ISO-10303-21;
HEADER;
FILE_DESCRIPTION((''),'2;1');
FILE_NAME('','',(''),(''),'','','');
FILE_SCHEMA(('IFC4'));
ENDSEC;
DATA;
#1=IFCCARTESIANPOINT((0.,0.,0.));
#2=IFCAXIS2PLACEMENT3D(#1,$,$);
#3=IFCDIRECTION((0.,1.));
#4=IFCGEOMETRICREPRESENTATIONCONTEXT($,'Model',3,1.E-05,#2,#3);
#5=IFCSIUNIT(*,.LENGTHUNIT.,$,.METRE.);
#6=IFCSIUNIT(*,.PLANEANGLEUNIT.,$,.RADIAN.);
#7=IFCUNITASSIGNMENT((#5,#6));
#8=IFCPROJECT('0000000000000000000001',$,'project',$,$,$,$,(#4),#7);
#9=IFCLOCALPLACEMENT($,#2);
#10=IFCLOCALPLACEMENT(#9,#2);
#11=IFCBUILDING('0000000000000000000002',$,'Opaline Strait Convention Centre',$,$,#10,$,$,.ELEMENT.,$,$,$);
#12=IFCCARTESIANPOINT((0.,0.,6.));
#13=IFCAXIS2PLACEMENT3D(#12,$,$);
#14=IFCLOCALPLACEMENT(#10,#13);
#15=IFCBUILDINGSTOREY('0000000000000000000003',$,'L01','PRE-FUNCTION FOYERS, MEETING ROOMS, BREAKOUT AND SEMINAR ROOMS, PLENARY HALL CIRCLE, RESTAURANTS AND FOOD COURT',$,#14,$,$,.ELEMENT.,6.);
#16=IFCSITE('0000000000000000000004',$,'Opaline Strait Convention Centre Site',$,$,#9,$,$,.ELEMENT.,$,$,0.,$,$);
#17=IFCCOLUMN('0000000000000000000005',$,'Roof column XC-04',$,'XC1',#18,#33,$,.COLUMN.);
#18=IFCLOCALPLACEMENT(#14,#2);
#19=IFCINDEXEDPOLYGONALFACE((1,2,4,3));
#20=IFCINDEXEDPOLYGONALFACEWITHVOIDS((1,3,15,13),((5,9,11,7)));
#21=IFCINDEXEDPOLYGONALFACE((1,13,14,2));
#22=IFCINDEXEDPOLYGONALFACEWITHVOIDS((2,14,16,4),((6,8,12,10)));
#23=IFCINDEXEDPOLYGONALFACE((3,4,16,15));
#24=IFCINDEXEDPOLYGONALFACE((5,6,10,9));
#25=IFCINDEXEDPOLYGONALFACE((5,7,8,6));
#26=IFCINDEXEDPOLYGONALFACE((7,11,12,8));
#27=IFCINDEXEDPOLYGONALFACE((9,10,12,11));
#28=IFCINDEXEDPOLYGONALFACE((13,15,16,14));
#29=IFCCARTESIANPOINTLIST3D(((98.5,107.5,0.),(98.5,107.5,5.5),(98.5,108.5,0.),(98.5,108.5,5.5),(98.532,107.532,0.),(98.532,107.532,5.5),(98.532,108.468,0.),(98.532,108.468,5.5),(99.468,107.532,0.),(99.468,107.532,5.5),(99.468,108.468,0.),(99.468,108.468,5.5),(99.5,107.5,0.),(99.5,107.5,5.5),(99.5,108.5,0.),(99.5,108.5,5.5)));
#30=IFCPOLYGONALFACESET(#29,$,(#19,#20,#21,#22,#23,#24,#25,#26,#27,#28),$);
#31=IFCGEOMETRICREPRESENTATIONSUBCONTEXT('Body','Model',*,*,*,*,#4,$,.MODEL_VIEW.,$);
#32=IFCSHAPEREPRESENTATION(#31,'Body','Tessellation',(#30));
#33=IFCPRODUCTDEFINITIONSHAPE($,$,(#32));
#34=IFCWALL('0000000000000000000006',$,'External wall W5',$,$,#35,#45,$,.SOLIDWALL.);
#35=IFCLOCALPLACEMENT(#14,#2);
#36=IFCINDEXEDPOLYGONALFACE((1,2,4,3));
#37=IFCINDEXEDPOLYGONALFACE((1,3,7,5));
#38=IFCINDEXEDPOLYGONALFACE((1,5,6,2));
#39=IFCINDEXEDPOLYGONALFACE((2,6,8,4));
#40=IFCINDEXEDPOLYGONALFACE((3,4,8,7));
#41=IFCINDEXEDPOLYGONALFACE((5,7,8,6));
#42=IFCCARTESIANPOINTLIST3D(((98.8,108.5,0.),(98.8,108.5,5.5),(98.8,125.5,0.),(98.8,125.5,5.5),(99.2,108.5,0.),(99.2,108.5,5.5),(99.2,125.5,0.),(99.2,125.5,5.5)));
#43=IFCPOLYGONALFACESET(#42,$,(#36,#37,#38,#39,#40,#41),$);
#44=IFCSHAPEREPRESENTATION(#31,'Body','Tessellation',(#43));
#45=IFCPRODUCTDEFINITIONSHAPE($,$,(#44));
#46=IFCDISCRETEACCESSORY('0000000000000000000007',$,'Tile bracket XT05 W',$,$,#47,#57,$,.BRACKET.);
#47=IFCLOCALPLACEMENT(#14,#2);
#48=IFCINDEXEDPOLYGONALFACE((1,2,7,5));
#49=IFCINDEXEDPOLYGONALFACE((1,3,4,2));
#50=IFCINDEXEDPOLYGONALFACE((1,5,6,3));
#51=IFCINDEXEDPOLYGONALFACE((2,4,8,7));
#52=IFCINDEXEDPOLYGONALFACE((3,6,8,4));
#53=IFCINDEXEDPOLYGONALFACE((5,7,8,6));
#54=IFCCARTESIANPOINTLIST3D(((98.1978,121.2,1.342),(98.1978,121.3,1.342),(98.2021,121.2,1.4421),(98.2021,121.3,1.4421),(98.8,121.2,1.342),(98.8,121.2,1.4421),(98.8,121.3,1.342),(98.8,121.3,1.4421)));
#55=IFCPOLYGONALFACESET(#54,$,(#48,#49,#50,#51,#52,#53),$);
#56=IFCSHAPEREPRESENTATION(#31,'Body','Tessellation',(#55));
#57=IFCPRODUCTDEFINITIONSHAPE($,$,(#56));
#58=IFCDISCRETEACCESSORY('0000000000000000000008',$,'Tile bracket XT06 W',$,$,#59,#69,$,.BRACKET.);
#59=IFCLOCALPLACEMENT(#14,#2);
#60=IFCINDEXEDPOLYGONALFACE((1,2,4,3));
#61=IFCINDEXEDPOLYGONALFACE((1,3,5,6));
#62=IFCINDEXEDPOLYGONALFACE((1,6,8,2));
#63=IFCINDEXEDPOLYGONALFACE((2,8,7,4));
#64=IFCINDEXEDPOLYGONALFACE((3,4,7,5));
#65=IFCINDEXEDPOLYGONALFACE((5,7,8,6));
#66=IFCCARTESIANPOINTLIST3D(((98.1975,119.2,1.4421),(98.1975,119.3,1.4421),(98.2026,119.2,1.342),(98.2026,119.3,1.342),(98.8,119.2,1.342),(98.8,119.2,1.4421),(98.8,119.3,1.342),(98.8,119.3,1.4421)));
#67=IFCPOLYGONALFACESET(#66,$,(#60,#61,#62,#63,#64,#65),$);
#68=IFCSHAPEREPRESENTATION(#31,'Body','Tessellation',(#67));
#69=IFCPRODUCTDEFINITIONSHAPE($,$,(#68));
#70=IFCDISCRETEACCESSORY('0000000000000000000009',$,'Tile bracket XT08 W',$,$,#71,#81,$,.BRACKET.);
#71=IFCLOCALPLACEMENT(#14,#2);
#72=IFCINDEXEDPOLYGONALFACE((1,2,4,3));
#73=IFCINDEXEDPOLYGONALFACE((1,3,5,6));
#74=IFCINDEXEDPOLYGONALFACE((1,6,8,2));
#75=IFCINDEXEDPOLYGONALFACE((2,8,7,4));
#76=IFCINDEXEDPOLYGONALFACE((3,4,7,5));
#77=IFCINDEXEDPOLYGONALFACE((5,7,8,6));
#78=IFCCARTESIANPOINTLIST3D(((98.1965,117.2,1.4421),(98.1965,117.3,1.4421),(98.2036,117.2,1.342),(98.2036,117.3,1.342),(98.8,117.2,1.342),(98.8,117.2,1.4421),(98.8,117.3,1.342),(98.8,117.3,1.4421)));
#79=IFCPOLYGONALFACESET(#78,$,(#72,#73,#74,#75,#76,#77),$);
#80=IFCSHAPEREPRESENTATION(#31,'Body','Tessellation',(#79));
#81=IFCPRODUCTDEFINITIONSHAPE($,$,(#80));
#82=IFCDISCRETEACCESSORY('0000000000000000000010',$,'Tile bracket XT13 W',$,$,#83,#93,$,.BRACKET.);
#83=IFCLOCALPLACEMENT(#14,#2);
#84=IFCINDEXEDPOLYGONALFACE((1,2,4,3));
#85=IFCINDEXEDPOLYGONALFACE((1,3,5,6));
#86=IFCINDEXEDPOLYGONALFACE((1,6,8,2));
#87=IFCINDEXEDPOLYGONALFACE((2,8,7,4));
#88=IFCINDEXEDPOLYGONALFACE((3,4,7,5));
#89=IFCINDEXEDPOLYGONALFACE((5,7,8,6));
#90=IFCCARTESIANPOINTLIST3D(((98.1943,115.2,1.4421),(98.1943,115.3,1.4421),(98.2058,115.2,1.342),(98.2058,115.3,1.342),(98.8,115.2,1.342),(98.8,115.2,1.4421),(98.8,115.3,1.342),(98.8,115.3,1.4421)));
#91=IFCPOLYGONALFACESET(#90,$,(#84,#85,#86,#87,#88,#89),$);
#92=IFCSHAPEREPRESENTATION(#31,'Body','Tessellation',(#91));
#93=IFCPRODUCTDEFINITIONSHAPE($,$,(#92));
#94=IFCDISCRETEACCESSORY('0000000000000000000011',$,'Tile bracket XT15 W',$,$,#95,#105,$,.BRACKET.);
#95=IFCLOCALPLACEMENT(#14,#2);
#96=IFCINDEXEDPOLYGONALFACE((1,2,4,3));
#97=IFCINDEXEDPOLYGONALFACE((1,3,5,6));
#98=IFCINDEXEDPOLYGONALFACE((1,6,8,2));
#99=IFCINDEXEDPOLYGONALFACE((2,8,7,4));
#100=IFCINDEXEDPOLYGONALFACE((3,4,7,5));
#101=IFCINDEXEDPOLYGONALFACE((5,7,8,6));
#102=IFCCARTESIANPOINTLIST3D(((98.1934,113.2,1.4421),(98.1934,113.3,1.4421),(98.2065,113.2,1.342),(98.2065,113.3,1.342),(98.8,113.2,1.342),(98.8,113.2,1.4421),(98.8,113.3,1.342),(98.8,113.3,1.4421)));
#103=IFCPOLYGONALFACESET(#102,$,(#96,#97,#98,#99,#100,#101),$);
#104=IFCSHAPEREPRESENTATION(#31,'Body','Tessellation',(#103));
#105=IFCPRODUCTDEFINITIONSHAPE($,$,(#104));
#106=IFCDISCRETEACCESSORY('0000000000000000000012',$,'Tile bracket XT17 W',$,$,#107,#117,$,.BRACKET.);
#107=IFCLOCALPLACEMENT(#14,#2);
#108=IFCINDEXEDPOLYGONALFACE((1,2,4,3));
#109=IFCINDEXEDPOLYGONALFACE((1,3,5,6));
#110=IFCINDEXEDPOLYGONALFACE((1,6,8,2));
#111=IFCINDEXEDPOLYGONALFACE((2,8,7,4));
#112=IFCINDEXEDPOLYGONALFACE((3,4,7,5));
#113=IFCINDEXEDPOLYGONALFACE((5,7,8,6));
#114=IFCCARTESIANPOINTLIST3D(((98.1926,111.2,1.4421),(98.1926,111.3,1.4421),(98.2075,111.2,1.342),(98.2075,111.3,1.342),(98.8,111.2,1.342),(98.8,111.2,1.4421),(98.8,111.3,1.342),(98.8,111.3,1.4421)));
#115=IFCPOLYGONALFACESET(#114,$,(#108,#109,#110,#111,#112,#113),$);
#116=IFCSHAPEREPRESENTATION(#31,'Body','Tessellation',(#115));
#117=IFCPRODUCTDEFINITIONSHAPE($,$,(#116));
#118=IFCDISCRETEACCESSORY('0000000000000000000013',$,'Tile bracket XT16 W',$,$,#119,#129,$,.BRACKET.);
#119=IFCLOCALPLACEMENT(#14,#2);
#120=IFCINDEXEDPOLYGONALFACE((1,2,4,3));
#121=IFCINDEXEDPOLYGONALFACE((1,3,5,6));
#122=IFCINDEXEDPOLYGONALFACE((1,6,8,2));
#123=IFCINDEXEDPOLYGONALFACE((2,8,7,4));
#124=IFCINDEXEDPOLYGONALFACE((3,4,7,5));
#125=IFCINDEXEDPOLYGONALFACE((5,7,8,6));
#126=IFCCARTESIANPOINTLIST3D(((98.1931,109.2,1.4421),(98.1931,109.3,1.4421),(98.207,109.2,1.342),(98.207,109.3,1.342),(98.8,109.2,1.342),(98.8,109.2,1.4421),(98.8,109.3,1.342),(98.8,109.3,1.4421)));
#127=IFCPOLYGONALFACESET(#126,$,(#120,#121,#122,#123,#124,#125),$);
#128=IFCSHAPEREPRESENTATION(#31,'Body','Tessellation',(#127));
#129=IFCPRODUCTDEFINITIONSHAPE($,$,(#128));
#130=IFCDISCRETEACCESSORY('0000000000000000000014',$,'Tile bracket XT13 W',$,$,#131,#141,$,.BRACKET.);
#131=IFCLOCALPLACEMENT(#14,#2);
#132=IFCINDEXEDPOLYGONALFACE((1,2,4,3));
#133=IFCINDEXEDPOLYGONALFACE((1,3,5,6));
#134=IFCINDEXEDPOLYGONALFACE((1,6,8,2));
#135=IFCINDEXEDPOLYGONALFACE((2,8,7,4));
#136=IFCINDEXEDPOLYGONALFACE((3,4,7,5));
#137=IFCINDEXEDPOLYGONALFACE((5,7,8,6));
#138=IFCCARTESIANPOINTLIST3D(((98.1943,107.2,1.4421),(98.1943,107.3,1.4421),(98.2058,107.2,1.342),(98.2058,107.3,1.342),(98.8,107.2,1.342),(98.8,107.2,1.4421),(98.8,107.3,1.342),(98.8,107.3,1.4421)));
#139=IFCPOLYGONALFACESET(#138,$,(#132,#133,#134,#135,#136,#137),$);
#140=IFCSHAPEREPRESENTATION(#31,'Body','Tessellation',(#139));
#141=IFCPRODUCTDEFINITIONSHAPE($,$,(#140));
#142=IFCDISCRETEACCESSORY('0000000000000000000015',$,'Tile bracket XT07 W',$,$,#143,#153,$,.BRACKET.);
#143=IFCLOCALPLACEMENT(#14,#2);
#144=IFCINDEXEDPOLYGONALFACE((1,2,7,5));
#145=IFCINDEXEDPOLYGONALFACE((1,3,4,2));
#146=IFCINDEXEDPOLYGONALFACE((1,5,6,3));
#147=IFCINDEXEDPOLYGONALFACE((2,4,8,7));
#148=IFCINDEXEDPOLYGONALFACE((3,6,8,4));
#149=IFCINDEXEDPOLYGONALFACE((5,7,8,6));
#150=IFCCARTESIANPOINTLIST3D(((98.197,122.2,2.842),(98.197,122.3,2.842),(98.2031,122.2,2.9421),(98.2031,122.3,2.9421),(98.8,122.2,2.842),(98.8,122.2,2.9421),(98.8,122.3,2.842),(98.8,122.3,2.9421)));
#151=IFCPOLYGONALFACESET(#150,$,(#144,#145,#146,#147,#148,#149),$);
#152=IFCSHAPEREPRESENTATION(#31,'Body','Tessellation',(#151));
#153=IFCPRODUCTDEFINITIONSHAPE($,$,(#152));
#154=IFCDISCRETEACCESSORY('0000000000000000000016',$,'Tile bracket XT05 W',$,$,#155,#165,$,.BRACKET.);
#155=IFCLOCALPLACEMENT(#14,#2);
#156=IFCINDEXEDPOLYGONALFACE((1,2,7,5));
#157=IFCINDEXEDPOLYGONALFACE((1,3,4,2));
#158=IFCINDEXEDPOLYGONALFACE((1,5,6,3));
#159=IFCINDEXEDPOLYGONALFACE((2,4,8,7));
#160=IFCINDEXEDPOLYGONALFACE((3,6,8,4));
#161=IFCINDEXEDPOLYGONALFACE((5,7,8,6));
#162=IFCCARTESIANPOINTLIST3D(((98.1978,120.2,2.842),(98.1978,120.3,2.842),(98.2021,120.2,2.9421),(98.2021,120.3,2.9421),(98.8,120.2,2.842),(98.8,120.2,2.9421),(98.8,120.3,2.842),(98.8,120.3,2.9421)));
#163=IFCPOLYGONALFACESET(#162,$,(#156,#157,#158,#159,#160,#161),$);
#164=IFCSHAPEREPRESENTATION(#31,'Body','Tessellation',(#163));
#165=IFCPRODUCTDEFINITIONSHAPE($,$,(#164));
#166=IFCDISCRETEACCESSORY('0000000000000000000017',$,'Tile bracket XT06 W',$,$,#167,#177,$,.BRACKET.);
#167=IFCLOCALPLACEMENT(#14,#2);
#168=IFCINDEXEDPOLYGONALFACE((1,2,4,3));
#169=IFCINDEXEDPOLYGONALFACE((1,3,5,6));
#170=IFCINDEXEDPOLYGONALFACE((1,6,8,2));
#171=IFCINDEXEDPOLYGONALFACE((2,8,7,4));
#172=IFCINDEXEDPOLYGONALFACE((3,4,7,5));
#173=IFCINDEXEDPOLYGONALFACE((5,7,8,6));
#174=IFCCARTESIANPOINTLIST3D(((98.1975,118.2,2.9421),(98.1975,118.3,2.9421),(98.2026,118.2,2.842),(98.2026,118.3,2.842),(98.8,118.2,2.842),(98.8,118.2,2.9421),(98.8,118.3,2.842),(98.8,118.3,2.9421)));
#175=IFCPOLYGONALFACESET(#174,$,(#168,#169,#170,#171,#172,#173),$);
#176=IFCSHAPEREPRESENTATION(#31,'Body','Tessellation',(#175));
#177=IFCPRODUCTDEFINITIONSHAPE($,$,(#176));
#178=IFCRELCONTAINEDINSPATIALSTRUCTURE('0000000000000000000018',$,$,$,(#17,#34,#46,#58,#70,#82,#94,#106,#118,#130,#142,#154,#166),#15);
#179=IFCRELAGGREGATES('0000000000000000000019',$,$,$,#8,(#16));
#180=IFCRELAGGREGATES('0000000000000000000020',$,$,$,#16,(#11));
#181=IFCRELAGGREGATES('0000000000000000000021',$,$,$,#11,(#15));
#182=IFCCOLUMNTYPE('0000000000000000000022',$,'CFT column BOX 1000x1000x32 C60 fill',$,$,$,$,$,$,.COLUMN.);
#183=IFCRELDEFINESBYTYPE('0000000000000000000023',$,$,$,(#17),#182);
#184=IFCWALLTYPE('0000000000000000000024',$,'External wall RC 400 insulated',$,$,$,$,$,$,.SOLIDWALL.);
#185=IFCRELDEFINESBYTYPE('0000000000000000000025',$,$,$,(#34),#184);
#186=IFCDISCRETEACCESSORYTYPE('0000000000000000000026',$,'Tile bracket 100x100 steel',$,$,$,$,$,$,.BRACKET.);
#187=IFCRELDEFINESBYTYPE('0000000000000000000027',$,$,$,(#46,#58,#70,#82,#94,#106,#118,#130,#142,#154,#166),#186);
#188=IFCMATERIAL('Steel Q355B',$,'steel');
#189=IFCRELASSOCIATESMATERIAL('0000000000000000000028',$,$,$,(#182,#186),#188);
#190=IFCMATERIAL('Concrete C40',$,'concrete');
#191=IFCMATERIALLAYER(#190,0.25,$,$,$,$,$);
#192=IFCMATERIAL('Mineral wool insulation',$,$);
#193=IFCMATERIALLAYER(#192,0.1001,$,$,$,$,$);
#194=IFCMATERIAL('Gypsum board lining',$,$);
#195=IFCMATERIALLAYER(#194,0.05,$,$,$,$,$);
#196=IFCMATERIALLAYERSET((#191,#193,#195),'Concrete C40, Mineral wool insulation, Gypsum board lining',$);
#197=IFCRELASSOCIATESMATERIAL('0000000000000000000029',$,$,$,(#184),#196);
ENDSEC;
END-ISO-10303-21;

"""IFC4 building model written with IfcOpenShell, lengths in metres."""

from ifc_helpers import new_model, si_unit, direction, frame, frame_2d, origin, origin_2d, place, context, subcontext, project, spatial, polyline, rectangle, hollow_rectangle, outline, extrude, material, layer, layer_set, material_profile, profile_set, type_object, element, save


model = new_model("IFC4")

# Units and contexts
model_context = context("Model", 3, precision=1e-05, world=origin(), true_north=direction((0.0, 1.0)))
body_context = subcontext(model_context, "Body", "Model", "MODEL_VIEW")
ifc_project = project(units=[si_unit("LENGTHUNIT", "METRE"), si_unit("PLANEANGLEUNIT", "RADIAN")], contexts=[model_context])

# Site, building, storey
site_placement = place(None, origin())
site = spatial("IfcSite", under=ifc_project, at=site_placement, Name="Opaline Strait Convention Centre Site", CompositionType="ELEMENT", RefElevation=0.0)
building_placement = place(site_placement, origin())
building = spatial("IfcBuilding", under=site, at=building_placement, Name="Opaline Strait Convention Centre", CompositionType="ELEMENT")
storey_placement = place(building_placement, frame((0.0, 0.0, 6.0)))
storey = spatial("IfcBuildingStorey", under=building, at=storey_placement, Name="L01", Description="PRE-FUNCTION FOYERS, MEETING ROOMS, BREAKOUT AND SEMINAR ROOMS, PLENARY HALL CIRCLE, RESTAURANTS AND FOOD COURT", CompositionType="ELEMENT", Elevation=6.0)

# Column
ifc_material_1 = material(Name="Steel Q355B", Category="steel")
ifc_material_profile = material_profile(ifc_material_1, hollow_rectangle(XDim=1.0, YDim=1.0, WallThickness=0.032, at=origin_2d()), Name="BOX 1000x1000x32")
ifc_profile_set = profile_set([ifc_material_profile], Name="Steel Q355B")
column_type = type_object("IfcColumnType", Name="CFT column BOX 1000x1000x32 C60 fill", PredefinedType="COLUMN", material=ifc_profile_set)
column_placement = place(storey_placement, frame((99.0, 108.0, 0.0), z_axis=(0.0, 0.0, 1.0), x_axis=(1.0, 0.0, 0.0)))
element("IfcColumn", 1, at=column_placement, inside=storey, type_object=column_type, Name="Roof column XC-04", ObjectType="XC1", PredefinedType="COLUMN", context=body_context, shape_type="SweptSolid", body=[
    extrude(hollow_rectangle(XDim=1.0, YDim=1.0, WallThickness=0.032, at=origin_2d()), origin(), (0.0, 0.0, 1.0), 5.5),
])

# Wall
ifc_material_2 = material(Name="Concrete C40", Category="concrete")
ifc_layer_1 = layer(ifc_material_2, 0.25)
ifc_material_3 = material(Name="Mineral wool insulation")
ifc_layer_2 = layer(ifc_material_3, 0.1001)
ifc_material_4 = material(Name="Gypsum board lining")
ifc_layer_3 = layer(ifc_material_4, 0.05)
ifc_layer_set = layer_set([ifc_layer_1, ifc_layer_2, ifc_layer_3], Name="Concrete C40, Mineral wool insulation, Gypsum board lining")
wall_type = type_object("IfcWallType", Name="External wall RC 400 insulated", PredefinedType="SOLIDWALL", material=ifc_layer_set)
wall_placement = place(storey_placement, frame((99.0, 108.5, 0.0), z_axis=(0.0, 0.0, 1.0), x_axis=(0.0, 1.0, 0.0)))
element("IfcWall", 2, at=wall_placement, inside=storey, type_object=wall_type, Name="External wall W5", PredefinedType="SOLIDWALL", context=body_context, shape_type="SweptSolid", body=[
    extrude(rectangle(XDim=17.0, YDim=0.3999, at=frame_2d((8.5, 0.0))), origin(), (0.0, 0.0, 1.0), 5.5),
])

# Discrete accessories
discrete_accessory_type = type_object("IfcDiscreteAccessoryType", Name="Tile bracket 100x100 steel", PredefinedType="BRACKET", material=ifc_material_1)
discrete_accessory_1_placement = place(storey_placement, frame((98.8, 121.3, 1.3921), z_axis=(0.0, -1.0, 0.0), x_axis=(1.0, 0.0, 0.0)))
element("IfcDiscreteAccessory", 3, at=discrete_accessory_1_placement, inside=storey, type_object=discrete_accessory_type, Name="Tile bracket XT05 W", PredefinedType="BRACKET", context=body_context, shape_type="SweptSolid", body=[
    extrude(outline(polyline([(0.0, -0.05), (0.0, 0.05), (-0.5979, 0.05), (-0.6023, -0.05), (0.0, -0.05)])), origin(), (0.0, 0.0, 1.0), 0.1001),
])
discrete_accessory_2_placement = place(storey_placement, frame((98.8, 119.3, 1.3921), z_axis=(0.0, -1.0, 0.0), x_axis=(1.0, 0.0, 0.0)))
element("IfcDiscreteAccessory", 4, at=discrete_accessory_2_placement, inside=storey, type_object=discrete_accessory_type, Name="Tile bracket XT06 W", PredefinedType="BRACKET", context=body_context, shape_type="SweptSolid", body=[
    extrude(outline(polyline([(0.0, -0.05), (0.0, 0.05), (-0.6025, 0.05), (-0.5974, -0.05), (0.0, -0.05)])), origin(), (0.0, 0.0, 1.0), 0.1001),
])
discrete_accessory_3_placement = place(storey_placement, frame((98.8, 117.3, 1.3921), z_axis=(0.0, -1.0, 0.0), x_axis=(1.0, 0.0, 0.0)))
element("IfcDiscreteAccessory", 5, at=discrete_accessory_3_placement, inside=storey, type_object=discrete_accessory_type, Name="Tile bracket XT08 W", PredefinedType="BRACKET", context=body_context, shape_type="SweptSolid", body=[
    extrude(outline(polyline([(0.0, -0.05), (0.0, 0.05), (-0.6035, 0.05), (-0.5964, -0.05), (0.0, -0.05)])), origin(), (0.0, 0.0, 1.0), 0.1001),
])
discrete_accessory_4_placement = place(storey_placement, frame((98.8, 115.3, 1.3921), z_axis=(0.0, -1.0, 0.0), x_axis=(1.0, 0.0, 0.0)))
element("IfcDiscreteAccessory", 6, at=discrete_accessory_4_placement, inside=storey, type_object=discrete_accessory_type, Name="Tile bracket XT13 W", PredefinedType="BRACKET", context=body_context, shape_type="SweptSolid", body=[
    extrude(outline(polyline([(0.0, -0.05), (0.0, 0.05), (-0.6057, 0.05), (-0.5942, -0.05), (0.0, -0.05)])), origin(), (0.0, 0.0, 1.0), 0.1001),
])
discrete_accessory_5_placement = place(storey_placement, frame((98.8, 113.3, 1.3921), z_axis=(0.0, -1.0, 0.0), x_axis=(1.0, 0.0, 0.0)))
element("IfcDiscreteAccessory", 7, at=discrete_accessory_5_placement, inside=storey, type_object=discrete_accessory_type, Name="Tile bracket XT15 W", PredefinedType="BRACKET", context=body_context, shape_type="SweptSolid", body=[
    extrude(outline(polyline([(0.0, -0.05), (0.0, 0.05), (-0.6067, 0.05), (-0.5935, -0.05), (0.0, -0.05)])), origin(), (0.0, 0.0, 1.0), 0.1001),
])
discrete_accessory_6_placement = place(storey_placement, frame((98.8, 111.3, 1.3921), z_axis=(0.0, -1.0, 0.0), x_axis=(1.0, 0.0, 0.0)))
element("IfcDiscreteAccessory", 8, at=discrete_accessory_6_placement, inside=storey, type_object=discrete_accessory_type, Name="Tile bracket XT17 W", PredefinedType="BRACKET", context=body_context, shape_type="SweptSolid", body=[
    extrude(outline(polyline([(0.0, -0.05), (0.0, 0.05), (-0.6074, 0.05), (-0.5925, -0.05), (0.0, -0.05)])), origin(), (0.0, 0.0, 1.0), 0.1001),
])
discrete_accessory_7_placement = place(storey_placement, frame((98.8, 109.3, 1.3921), z_axis=(0.0, -1.0, 0.0), x_axis=(1.0, 0.0, 0.0)))
element("IfcDiscreteAccessory", 9, at=discrete_accessory_7_placement, inside=storey, type_object=discrete_accessory_type, Name="Tile bracket XT16 W", PredefinedType="BRACKET", context=body_context, shape_type="SweptSolid", body=[
    extrude(outline(polyline([(0.0, -0.05), (0.0, 0.05), (-0.6069, 0.05), (-0.593, -0.05), (0.0, -0.05)])), origin(), (0.0, 0.0, 1.0), 0.1001),
])
discrete_accessory_8_placement = place(storey_placement, frame((98.8, 107.3, 1.3921), z_axis=(0.0, -1.0, 0.0), x_axis=(1.0, 0.0, 0.0)))
element("IfcDiscreteAccessory", 10, at=discrete_accessory_8_placement, inside=storey, type_object=discrete_accessory_type, Name="Tile bracket XT13 W", PredefinedType="BRACKET", context=body_context, shape_type="SweptSolid", body=[
    extrude(outline(polyline([(0.0, -0.05), (0.0, 0.05), (-0.6057, 0.05), (-0.5942, -0.05), (0.0, -0.05)])), origin(), (0.0, 0.0, 1.0), 0.1001),
])
discrete_accessory_9_placement = place(storey_placement, frame((98.8, 122.3, 2.8921), z_axis=(0.0, -1.0, 0.0), x_axis=(1.0, 0.0, 0.0)))
element("IfcDiscreteAccessory", 11, at=discrete_accessory_9_placement, inside=storey, type_object=discrete_accessory_type, Name="Tile bracket XT07 W", PredefinedType="BRACKET", context=body_context, shape_type="SweptSolid", body=[
    extrude(outline(polyline([(0.0, -0.05), (0.0, 0.05), (-0.5969, 0.05), (-0.603, -0.05), (0.0, -0.05)])), origin(), (0.0, 0.0, 1.0), 0.1001),
])
discrete_accessory_10_placement = place(storey_placement, frame((98.8, 120.3, 2.8921), z_axis=(0.0, -1.0, 0.0), x_axis=(1.0, 0.0, 0.0)))
element("IfcDiscreteAccessory", 12, at=discrete_accessory_10_placement, inside=storey, type_object=discrete_accessory_type, Name="Tile bracket XT05 W", PredefinedType="BRACKET", context=body_context, shape_type="SweptSolid", body=[
    extrude(outline(polyline([(0.0, -0.05), (0.0, 0.05), (-0.5979, 0.05), (-0.6023, -0.05), (0.0, -0.05)])), origin(), (0.0, 0.0, 1.0), 0.1001),
])
discrete_accessory_11_placement = place(storey_placement, frame((98.8, 118.3, 2.8921), z_axis=(0.0, -1.0, 0.0), x_axis=(1.0, 0.0, 0.0)))
element("IfcDiscreteAccessory", 13, at=discrete_accessory_11_placement, inside=storey, type_object=discrete_accessory_type, Name="Tile bracket XT06 W", PredefinedType="BRACKET", context=body_context, shape_type="SweptSolid", body=[
    extrude(outline(polyline([(0.0, -0.05), (0.0, 0.05), (-0.6025, 0.05), (-0.5974, -0.05), (0.0, -0.05)])), origin(), (0.0, 0.0, 1.0), 0.1001),
])

save(model, "model.ifc")
